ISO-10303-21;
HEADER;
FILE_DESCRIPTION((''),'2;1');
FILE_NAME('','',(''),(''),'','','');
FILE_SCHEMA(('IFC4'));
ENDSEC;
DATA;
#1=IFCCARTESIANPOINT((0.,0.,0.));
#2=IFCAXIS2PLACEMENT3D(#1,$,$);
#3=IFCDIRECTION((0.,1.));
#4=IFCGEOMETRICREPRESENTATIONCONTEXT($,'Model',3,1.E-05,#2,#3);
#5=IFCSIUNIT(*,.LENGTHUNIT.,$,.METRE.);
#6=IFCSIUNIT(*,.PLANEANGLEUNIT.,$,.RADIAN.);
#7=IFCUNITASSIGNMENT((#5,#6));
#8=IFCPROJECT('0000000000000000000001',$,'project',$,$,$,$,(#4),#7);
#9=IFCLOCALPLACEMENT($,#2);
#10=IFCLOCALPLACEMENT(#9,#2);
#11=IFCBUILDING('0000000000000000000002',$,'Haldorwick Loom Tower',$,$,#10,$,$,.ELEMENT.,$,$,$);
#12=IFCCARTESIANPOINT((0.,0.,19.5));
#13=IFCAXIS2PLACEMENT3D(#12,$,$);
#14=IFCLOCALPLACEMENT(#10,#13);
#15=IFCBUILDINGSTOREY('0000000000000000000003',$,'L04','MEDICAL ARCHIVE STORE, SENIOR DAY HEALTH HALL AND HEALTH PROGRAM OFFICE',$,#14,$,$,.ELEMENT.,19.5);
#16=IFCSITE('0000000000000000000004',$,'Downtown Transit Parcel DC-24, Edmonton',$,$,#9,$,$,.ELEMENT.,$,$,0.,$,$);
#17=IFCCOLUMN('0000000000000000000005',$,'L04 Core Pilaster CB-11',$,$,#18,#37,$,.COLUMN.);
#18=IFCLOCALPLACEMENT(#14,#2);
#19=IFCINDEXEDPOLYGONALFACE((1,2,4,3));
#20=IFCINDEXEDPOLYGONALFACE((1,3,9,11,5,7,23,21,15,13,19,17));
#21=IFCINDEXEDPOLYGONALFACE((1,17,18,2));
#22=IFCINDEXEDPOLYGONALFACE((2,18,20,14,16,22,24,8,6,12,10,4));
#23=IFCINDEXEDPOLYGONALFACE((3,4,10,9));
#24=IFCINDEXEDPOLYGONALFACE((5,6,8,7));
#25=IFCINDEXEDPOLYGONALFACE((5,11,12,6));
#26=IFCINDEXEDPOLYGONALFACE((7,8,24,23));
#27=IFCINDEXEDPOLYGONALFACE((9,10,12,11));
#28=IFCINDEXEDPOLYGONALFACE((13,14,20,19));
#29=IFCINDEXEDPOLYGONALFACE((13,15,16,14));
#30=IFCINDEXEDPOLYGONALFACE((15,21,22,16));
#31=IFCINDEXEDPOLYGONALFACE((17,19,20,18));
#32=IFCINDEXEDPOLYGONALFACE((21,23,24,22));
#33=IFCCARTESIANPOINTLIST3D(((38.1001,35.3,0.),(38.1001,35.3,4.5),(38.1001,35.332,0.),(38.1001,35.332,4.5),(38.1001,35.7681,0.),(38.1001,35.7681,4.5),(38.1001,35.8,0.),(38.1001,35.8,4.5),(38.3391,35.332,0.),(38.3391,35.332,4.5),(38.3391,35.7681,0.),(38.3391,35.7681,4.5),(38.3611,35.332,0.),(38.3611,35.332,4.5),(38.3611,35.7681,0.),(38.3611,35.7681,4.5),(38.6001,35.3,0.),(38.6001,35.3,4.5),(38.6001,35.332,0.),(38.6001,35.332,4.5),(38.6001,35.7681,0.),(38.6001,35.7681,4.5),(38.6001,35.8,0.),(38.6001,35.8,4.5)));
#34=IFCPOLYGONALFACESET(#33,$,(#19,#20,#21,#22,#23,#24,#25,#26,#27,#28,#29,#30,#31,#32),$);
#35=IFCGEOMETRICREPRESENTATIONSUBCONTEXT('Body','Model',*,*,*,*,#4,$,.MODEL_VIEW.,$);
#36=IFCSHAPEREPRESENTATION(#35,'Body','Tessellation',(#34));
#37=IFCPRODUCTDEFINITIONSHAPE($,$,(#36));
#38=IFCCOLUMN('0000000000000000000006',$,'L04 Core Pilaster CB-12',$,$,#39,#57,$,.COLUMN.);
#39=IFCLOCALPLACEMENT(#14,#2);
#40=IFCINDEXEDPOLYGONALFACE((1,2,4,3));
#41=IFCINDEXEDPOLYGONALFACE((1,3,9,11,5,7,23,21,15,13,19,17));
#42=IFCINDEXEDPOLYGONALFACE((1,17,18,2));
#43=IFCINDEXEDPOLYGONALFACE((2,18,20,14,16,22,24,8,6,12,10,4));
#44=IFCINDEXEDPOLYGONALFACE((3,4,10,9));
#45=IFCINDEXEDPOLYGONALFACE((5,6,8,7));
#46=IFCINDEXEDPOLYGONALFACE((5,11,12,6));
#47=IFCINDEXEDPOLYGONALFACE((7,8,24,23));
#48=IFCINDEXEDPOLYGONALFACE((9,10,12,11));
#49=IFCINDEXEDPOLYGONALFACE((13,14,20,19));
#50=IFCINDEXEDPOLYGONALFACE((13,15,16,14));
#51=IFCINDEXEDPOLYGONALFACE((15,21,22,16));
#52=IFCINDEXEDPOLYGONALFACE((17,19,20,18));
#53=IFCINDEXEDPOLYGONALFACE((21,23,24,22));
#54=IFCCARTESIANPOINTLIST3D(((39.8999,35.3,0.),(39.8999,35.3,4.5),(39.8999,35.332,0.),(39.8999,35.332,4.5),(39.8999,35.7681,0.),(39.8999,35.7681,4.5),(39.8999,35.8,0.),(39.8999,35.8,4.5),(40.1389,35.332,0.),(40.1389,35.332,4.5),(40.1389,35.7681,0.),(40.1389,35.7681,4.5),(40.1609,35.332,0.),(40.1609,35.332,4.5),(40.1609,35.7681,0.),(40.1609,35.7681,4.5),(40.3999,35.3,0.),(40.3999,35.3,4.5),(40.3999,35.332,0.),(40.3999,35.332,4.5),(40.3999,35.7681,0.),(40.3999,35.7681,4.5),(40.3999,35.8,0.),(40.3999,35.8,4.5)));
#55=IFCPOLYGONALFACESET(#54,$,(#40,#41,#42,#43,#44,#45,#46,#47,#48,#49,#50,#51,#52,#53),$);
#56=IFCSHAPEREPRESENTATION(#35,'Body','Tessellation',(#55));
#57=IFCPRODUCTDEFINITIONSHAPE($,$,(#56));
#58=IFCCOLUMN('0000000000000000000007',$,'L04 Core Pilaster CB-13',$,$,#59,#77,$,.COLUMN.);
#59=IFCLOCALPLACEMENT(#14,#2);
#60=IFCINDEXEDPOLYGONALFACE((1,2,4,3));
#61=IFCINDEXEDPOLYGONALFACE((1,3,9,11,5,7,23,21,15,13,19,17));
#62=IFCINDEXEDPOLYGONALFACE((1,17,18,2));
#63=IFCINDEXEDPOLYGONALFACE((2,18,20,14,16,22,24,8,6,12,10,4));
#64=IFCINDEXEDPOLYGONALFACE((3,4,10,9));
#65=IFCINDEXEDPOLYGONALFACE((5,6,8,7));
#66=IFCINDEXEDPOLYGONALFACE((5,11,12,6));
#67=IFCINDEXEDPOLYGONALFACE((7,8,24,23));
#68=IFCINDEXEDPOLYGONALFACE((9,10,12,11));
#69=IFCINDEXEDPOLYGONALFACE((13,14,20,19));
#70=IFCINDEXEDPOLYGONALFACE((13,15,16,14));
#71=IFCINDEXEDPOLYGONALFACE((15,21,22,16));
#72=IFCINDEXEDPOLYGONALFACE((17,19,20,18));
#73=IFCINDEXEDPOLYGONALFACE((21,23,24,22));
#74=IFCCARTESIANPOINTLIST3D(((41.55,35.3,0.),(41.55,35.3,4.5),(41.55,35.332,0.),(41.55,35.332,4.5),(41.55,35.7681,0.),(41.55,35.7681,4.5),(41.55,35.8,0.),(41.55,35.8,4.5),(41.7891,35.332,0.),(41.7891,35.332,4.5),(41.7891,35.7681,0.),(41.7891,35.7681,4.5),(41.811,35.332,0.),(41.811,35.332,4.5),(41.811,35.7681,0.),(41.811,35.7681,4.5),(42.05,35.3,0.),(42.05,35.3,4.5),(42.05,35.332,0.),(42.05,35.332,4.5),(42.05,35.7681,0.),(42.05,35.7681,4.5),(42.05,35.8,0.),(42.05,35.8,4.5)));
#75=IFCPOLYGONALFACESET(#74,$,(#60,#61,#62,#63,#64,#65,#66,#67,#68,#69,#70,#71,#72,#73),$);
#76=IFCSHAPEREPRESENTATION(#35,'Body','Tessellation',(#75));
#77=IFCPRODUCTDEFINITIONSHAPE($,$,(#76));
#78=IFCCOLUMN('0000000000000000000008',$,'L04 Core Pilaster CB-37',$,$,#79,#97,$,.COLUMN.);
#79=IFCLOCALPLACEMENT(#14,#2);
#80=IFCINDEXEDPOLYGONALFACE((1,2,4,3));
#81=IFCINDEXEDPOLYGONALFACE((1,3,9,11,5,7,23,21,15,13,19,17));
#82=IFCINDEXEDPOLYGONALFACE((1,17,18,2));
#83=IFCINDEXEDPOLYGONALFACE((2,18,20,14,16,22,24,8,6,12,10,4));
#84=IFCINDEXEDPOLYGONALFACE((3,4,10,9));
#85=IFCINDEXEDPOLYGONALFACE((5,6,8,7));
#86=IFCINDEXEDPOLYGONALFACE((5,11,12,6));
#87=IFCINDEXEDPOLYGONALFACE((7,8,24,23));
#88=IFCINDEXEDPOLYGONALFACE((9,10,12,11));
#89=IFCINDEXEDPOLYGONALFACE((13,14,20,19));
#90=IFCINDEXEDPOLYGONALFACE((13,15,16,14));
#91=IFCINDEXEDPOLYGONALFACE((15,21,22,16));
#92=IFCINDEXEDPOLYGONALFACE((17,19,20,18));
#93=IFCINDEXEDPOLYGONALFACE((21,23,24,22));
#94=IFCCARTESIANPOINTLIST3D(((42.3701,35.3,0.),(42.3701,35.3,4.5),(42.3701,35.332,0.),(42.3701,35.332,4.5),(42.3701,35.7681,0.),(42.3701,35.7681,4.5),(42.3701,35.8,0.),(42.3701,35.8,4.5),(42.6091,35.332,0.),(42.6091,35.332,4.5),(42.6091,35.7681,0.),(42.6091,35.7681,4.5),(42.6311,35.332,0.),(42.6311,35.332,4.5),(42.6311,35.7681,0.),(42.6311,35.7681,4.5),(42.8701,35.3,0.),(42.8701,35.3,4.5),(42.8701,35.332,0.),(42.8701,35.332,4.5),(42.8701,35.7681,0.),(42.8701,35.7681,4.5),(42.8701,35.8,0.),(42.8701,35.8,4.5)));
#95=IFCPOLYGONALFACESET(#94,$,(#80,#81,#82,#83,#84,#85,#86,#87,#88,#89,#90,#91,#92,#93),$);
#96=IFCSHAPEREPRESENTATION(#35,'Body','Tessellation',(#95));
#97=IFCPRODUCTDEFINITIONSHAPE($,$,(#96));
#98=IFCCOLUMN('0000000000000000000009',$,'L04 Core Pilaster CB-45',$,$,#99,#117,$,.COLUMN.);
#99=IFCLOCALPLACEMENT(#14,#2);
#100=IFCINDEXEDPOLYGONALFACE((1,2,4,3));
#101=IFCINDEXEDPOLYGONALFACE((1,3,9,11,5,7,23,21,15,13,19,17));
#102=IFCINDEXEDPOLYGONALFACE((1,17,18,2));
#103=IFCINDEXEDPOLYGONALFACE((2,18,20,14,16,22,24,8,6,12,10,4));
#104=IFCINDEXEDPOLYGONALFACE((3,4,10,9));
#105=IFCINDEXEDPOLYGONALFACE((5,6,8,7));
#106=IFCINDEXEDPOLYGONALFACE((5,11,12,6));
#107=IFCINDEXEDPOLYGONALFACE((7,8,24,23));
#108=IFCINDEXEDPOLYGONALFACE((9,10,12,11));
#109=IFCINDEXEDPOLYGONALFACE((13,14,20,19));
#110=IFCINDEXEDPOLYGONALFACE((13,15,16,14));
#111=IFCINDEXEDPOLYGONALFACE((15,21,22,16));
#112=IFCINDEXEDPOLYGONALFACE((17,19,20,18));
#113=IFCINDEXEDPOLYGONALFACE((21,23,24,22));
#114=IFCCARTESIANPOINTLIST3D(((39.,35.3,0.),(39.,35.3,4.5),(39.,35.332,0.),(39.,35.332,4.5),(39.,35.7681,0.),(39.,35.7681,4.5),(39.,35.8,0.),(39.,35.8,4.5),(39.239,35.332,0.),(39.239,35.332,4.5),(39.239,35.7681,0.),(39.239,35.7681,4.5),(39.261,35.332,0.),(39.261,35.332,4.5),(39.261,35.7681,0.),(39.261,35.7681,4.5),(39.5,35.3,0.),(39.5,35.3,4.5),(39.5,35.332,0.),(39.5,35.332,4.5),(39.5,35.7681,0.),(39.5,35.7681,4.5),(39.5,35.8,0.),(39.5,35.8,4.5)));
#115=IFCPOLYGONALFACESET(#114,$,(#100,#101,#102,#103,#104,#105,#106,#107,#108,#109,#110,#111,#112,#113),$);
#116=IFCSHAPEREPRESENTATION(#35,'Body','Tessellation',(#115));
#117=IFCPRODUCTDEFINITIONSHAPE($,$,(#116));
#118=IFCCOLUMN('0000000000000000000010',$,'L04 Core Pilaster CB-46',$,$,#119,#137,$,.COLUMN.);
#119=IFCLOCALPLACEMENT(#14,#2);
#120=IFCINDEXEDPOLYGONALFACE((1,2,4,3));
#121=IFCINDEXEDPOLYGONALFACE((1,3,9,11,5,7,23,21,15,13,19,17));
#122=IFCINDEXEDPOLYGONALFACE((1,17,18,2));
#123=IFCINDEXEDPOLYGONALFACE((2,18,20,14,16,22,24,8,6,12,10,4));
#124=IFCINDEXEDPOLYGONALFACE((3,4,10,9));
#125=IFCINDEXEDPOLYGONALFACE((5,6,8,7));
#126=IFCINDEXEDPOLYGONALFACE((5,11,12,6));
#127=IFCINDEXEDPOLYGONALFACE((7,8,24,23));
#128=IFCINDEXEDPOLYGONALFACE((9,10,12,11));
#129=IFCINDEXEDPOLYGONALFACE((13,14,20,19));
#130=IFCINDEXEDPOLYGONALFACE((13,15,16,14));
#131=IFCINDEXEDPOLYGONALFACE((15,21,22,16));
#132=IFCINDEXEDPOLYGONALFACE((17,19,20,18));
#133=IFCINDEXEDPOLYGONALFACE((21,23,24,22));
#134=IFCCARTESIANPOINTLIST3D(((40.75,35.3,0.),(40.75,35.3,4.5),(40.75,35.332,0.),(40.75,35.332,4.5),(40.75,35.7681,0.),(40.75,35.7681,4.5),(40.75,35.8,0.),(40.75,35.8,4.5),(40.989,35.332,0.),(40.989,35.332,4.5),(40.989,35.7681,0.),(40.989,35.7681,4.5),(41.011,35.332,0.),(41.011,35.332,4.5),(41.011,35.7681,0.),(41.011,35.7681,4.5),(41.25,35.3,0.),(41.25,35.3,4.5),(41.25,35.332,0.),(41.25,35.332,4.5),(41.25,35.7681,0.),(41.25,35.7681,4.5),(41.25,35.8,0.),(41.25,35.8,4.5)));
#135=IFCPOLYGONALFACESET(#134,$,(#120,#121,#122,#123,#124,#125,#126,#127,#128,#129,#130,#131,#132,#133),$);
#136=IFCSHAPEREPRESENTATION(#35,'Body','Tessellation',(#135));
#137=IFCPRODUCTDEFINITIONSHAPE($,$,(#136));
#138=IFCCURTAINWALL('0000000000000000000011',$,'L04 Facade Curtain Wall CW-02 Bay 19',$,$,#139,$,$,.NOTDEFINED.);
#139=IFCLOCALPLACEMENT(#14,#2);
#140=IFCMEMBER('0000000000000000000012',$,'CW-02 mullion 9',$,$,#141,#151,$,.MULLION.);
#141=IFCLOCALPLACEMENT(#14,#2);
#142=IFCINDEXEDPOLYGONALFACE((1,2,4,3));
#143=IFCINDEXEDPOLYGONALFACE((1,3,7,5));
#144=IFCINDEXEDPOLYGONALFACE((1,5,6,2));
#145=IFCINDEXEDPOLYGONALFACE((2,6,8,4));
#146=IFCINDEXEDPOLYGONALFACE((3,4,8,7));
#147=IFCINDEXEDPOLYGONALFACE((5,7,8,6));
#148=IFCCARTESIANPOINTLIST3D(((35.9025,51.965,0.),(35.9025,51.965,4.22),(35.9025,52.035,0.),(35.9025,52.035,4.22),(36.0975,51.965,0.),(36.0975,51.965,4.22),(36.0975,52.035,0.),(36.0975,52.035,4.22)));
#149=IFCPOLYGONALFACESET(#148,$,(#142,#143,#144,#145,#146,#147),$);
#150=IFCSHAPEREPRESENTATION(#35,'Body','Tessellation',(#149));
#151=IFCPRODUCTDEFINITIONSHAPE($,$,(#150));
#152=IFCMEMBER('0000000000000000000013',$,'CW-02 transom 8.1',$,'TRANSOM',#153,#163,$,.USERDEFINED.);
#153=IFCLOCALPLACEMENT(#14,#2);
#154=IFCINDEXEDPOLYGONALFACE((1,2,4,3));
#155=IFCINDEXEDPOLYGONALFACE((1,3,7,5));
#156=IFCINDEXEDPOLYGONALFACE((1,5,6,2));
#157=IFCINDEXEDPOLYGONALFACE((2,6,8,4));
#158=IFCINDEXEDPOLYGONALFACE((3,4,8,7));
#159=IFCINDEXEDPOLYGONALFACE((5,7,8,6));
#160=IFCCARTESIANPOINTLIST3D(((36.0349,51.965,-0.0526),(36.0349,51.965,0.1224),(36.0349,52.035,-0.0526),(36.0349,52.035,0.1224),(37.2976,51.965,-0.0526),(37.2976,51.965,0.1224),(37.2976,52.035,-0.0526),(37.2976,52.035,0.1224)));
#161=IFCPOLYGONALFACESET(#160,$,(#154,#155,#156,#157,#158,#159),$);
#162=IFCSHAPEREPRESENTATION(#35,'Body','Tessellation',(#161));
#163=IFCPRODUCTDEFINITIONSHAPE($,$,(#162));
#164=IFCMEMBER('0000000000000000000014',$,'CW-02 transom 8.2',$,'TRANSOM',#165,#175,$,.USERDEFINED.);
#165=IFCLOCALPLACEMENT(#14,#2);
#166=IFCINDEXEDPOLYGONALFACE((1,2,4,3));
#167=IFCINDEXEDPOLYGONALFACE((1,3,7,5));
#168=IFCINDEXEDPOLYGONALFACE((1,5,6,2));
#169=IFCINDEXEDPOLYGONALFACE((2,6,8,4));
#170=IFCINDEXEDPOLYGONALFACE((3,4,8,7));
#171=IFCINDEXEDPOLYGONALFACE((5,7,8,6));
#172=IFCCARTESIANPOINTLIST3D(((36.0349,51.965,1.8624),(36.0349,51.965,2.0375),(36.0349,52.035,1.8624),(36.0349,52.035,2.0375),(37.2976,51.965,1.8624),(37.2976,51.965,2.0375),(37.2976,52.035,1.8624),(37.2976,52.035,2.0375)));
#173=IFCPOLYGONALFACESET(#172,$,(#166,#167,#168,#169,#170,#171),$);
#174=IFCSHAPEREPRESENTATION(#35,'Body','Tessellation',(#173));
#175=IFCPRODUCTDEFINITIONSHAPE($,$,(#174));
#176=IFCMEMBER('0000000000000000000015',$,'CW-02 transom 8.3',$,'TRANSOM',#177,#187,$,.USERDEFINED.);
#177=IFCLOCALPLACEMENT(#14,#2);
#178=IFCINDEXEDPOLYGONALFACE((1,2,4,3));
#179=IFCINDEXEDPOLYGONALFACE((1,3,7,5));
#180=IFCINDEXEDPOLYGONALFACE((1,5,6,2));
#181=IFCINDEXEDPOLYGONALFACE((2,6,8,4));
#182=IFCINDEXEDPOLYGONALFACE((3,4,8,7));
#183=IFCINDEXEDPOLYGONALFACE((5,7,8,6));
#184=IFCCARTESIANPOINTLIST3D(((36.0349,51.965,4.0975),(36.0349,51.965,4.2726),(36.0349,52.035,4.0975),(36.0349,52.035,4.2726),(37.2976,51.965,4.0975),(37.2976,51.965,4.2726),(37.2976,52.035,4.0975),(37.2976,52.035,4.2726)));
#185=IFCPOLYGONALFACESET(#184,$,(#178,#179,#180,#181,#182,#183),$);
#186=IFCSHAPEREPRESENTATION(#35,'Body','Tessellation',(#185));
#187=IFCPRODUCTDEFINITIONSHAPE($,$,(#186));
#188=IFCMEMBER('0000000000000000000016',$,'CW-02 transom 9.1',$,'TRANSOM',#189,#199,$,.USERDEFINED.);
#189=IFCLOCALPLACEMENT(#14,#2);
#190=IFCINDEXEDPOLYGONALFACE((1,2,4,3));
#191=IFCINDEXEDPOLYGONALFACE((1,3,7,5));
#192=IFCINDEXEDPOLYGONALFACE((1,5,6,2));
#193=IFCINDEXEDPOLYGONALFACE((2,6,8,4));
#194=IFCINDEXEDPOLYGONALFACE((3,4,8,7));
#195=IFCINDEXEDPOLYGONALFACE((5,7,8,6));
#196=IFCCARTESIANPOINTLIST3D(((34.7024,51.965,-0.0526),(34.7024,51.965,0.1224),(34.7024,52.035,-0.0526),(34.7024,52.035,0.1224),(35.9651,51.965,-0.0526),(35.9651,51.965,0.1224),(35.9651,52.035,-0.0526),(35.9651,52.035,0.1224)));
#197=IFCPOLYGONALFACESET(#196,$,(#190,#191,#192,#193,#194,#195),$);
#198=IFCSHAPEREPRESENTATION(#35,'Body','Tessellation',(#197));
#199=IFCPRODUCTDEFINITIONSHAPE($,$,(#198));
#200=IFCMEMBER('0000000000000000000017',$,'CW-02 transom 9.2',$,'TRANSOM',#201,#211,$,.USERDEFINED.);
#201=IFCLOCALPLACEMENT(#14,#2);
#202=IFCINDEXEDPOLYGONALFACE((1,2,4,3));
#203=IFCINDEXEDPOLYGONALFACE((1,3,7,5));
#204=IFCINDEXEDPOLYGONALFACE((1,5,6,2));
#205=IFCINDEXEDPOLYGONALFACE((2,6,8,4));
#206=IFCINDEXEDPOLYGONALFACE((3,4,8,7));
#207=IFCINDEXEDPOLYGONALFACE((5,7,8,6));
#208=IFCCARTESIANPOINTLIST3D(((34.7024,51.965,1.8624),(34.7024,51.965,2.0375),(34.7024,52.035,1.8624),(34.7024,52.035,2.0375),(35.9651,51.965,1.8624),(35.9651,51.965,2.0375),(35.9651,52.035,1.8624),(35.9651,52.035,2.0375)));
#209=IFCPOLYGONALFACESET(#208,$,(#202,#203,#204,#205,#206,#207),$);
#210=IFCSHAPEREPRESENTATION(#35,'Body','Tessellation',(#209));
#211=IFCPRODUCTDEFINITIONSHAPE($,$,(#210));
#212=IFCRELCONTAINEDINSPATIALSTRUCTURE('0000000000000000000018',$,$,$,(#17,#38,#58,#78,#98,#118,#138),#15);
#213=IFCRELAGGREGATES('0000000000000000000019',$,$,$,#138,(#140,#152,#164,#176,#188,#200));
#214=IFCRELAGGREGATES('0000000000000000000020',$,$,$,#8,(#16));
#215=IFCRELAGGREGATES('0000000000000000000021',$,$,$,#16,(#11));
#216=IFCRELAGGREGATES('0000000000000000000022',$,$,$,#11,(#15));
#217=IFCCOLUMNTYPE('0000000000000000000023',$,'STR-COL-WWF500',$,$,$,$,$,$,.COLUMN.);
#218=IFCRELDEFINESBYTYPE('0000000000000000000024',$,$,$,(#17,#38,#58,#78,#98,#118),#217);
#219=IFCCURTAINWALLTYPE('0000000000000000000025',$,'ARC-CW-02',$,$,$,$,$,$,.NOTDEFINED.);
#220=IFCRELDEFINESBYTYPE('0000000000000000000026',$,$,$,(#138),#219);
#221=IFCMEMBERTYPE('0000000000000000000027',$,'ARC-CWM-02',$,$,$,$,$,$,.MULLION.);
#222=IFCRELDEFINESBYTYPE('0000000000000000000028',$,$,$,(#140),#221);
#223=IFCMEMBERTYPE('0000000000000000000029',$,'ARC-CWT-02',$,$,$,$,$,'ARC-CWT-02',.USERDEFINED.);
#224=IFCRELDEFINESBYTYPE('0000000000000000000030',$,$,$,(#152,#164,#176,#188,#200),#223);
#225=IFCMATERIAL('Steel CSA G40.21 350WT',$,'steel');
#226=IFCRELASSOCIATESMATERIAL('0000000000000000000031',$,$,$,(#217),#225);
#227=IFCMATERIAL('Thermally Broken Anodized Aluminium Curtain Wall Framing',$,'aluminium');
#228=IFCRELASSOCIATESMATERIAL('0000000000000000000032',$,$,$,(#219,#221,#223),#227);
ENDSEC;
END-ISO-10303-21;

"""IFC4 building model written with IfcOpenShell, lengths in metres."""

from ifc_helpers import new_model, si_unit, direction, frame, origin, origin_2d, place, context, subcontext, project, spatial, rectangle, i_section, extrude, material, material_profile, profile_set, type_object, element, aggregate, save


model = new_model("IFC4")

# Units and contexts
model_context = context("Model", 3, precision=1e-05, world=origin(), true_north=direction((0.0, 1.0)))
body_context = subcontext(model_context, "Body", "Model", "MODEL_VIEW")
ifc_project = project(units=[si_unit("LENGTHUNIT", "METRE"), si_unit("PLANEANGLEUNIT", "RADIAN")], contexts=[model_context])

# Site, building, storey
site_placement = place(None, origin())
site = spatial("IfcSite", under=ifc_project, at=site_placement, Name="Downtown Transit Parcel DC-24, Edmonton", CompositionType="ELEMENT", RefElevation=0.0)
building_placement = place(site_placement, origin())
building = spatial("IfcBuilding", under=site, at=building_placement, Name="Haldorwick Loom Tower", CompositionType="ELEMENT")
storey_placement = place(building_placement, frame((0.0, 0.0, 19.5)))
storey = spatial("IfcBuildingStorey", under=building, at=storey_placement, Name="L04", Description="MEDICAL ARCHIVE STORE, SENIOR DAY HEALTH HALL AND HEALTH PROGRAM OFFICE", CompositionType="ELEMENT", Elevation=19.5)

# Columns
ifc_material_1 = material(Name="Steel CSA G40.21 350WT", Category="steel")
ifc_material_profile_1 = material_profile(ifc_material_1, i_section(OverallWidth=0.5, OverallDepth=0.5, WebThickness=0.022, FlangeThickness=0.032, at=origin_2d()), Name="WWF500X500", Category="steel")
ifc_profile_set_1 = profile_set([ifc_material_profile_1], Name="Steel CSA G40.21 350WT")
column_type = type_object("IfcColumnType", Name="STR-COL-WWF500", PredefinedType="COLUMN", material=ifc_profile_set_1)
for number, where, z_axis, x_axis, name in (
    (1, (38.3501, 35.55, 0.0), (0.0, 0.0, 1.0), (1.0, 0.0, 0.0), "L04 Core Pilaster CB-11"),
    (2, (40.1499, 35.55, 0.0), (0.0, 0.0, 1.0), (1.0, 0.0, 0.0), "L04 Core Pilaster CB-12"),
    (3, (41.8, 35.55, 0.0), (0.0, 0.0, 1.0), (1.0, 0.0, 0.0), "L04 Core Pilaster CB-13"),
    (4, (42.6201, 35.55, 0.0), (0.0, 0.0, 1.0), (1.0, 0.0, 0.0), "L04 Core Pilaster CB-37"),
    (5, (39.25, 35.55, 0.0), (0.0, 0.0, 1.0), (1.0, 0.0, 0.0), "L04 Core Pilaster CB-45"),
    (6, (41.0, 35.55, 0.0), (0.0, 0.0, 1.0), (1.0, 0.0, 0.0), "L04 Core Pilaster CB-46"),
):
    element("IfcColumn", number, at=place(storey_placement, frame(where, z_axis=z_axis, x_axis=x_axis)), inside=storey, type_object=column_type, Name=name, PredefinedType="COLUMN", context=body_context, shape_type="SweptSolid", body=[
        extrude(i_section(OverallWidth=0.5, OverallDepth=0.5, WebThickness=0.022, FlangeThickness=0.032, at=origin_2d()), origin(), (0.0, 0.0, 1.0), 4.5),
    ])

# Curtain wall, members
ifc_material_2 = material(Name="Thermally Broken Anodized Aluminium Curtain Wall Framing", Category="aluminium")
curtain_wall_type = type_object("IfcCurtainWallType", Name="ARC-CW-02", PredefinedType="NOTDEFINED", material=ifc_material_2)
curtain_wall_placement = place(storey_placement, origin())
curtain_wall = element("IfcCurtainWall", 7, at=curtain_wall_placement, inside=storey, type_object=curtain_wall_type, Name="L04 Facade Curtain Wall CW-02 Bay 19", PredefinedType="NOTDEFINED")
ifc_material_profile_2 = material_profile(ifc_material_2, rectangle(XDim=0.0701, YDim=0.1951, at=origin_2d()), Name="ALU_MUL_70X195", Category="aluminium")
ifc_profile_set_2 = profile_set([ifc_material_profile_2], Name="Thermally Broken Anodized Aluminium Curtain Wall Framing")
member_type_1 = type_object("IfcMemberType", Name="ARC-CWM-02", PredefinedType="MULLION", material=ifc_profile_set_2)
member_1_placement = place(storey_placement, frame((36.0, 52.0, 0.0), z_axis=(0.0, 0.0, 1.0), x_axis=(0.0, -1.0, 0.0)))
member_1 = element("IfcMember", 8, at=member_1_placement, type_object=member_type_1, Name="CW-02 mullion 9", PredefinedType="MULLION", context=body_context, shape_type="SweptSolid", body=[
    extrude(rectangle(XDim=0.0701, YDim=0.1951, at=origin_2d()), origin(), (0.0, 0.0, 1.0), 4.22),
])
ifc_material_profile_3 = material_profile(ifc_material_2, rectangle(XDim=0.0701, YDim=0.175, at=origin_2d()), Name="ALU_TRN_70X175", Category="aluminium")
ifc_profile_set_3 = profile_set([ifc_material_profile_3], Name="Thermally Broken Anodized Aluminium Curtain Wall Framing")
member_type_2 = type_object("IfcMemberType", Name="ARC-CWT-02", ElementType="ARC-CWT-02", PredefinedType="USERDEFINED", material=ifc_profile_set_3)
member_2_placement = place(storey_placement, frame((37.2976, 52.0, 0.0349), z_axis=(-1.0, 0.0, 0.0), x_axis=(0.0, -1.0, 0.0)))
member_2 = element("IfcMember", 9, at=member_2_placement, type_object=member_type_2, Name="CW-02 transom 8.1", ObjectType="TRANSOM", PredefinedType="USERDEFINED", context=body_context, shape_type="SweptSolid", body=[
    extrude(rectangle(XDim=0.0701, YDim=0.175, at=origin_2d()), origin(), (0.0, 0.0, 1.0), 1.2627),
])
member_3_placement = place(storey_placement, frame((37.2976, 52.0, 1.95), z_axis=(-1.0, 0.0, 0.0), x_axis=(0.0, -1.0, 0.0)))
member_3 = element("IfcMember", 10, at=member_3_placement, type_object=member_type_2, Name="CW-02 transom 8.2", ObjectType="TRANSOM", PredefinedType="USERDEFINED", context=body_context, shape_type="SweptSolid", body=[
    extrude(rectangle(XDim=0.0701, YDim=0.175, at=origin_2d()), origin(), (0.0, 0.0, 1.0), 1.2627),
])
member_4_placement = place(storey_placement, frame((37.2976, 52.0, 4.1851), z_axis=(-1.0, 0.0, 0.0), x_axis=(0.0, -1.0, 0.0)))
member_4 = element("IfcMember", 11, at=member_4_placement, type_object=member_type_2, Name="CW-02 transom 8.3", ObjectType="TRANSOM", PredefinedType="USERDEFINED", context=body_context, shape_type="SweptSolid", body=[
    extrude(rectangle(XDim=0.0701, YDim=0.175, at=origin_2d()), origin(), (0.0, 0.0, 1.0), 1.2627),
])
member_5_placement = place(storey_placement, frame((35.9651, 52.0, 0.0349), z_axis=(-1.0, 0.0, 0.0), x_axis=(0.0, -1.0, 0.0)))
member_5 = element("IfcMember", 12, at=member_5_placement, type_object=member_type_2, Name="CW-02 transom 9.1", ObjectType="TRANSOM", PredefinedType="USERDEFINED", context=body_context, shape_type="SweptSolid", body=[
    extrude(rectangle(XDim=0.0701, YDim=0.175, at=origin_2d()), origin(), (0.0, 0.0, 1.0), 1.2627),
])
member_6_placement = place(storey_placement, frame((35.9651, 52.0, 1.95), z_axis=(-1.0, 0.0, 0.0), x_axis=(0.0, -1.0, 0.0)))
member_6 = element("IfcMember", 13, at=member_6_placement, type_object=member_type_2, Name="CW-02 transom 9.2", ObjectType="TRANSOM", PredefinedType="USERDEFINED", context=body_context, shape_type="SweptSolid", body=[
    extrude(rectangle(XDim=0.0701, YDim=0.175, at=origin_2d()), origin(), (0.0, 0.0, 1.0), 1.2627),
])

aggregate(curtain_wall, [member_1, member_2, member_3, member_4, member_5, member_6])

save(model, "model.ifc")
